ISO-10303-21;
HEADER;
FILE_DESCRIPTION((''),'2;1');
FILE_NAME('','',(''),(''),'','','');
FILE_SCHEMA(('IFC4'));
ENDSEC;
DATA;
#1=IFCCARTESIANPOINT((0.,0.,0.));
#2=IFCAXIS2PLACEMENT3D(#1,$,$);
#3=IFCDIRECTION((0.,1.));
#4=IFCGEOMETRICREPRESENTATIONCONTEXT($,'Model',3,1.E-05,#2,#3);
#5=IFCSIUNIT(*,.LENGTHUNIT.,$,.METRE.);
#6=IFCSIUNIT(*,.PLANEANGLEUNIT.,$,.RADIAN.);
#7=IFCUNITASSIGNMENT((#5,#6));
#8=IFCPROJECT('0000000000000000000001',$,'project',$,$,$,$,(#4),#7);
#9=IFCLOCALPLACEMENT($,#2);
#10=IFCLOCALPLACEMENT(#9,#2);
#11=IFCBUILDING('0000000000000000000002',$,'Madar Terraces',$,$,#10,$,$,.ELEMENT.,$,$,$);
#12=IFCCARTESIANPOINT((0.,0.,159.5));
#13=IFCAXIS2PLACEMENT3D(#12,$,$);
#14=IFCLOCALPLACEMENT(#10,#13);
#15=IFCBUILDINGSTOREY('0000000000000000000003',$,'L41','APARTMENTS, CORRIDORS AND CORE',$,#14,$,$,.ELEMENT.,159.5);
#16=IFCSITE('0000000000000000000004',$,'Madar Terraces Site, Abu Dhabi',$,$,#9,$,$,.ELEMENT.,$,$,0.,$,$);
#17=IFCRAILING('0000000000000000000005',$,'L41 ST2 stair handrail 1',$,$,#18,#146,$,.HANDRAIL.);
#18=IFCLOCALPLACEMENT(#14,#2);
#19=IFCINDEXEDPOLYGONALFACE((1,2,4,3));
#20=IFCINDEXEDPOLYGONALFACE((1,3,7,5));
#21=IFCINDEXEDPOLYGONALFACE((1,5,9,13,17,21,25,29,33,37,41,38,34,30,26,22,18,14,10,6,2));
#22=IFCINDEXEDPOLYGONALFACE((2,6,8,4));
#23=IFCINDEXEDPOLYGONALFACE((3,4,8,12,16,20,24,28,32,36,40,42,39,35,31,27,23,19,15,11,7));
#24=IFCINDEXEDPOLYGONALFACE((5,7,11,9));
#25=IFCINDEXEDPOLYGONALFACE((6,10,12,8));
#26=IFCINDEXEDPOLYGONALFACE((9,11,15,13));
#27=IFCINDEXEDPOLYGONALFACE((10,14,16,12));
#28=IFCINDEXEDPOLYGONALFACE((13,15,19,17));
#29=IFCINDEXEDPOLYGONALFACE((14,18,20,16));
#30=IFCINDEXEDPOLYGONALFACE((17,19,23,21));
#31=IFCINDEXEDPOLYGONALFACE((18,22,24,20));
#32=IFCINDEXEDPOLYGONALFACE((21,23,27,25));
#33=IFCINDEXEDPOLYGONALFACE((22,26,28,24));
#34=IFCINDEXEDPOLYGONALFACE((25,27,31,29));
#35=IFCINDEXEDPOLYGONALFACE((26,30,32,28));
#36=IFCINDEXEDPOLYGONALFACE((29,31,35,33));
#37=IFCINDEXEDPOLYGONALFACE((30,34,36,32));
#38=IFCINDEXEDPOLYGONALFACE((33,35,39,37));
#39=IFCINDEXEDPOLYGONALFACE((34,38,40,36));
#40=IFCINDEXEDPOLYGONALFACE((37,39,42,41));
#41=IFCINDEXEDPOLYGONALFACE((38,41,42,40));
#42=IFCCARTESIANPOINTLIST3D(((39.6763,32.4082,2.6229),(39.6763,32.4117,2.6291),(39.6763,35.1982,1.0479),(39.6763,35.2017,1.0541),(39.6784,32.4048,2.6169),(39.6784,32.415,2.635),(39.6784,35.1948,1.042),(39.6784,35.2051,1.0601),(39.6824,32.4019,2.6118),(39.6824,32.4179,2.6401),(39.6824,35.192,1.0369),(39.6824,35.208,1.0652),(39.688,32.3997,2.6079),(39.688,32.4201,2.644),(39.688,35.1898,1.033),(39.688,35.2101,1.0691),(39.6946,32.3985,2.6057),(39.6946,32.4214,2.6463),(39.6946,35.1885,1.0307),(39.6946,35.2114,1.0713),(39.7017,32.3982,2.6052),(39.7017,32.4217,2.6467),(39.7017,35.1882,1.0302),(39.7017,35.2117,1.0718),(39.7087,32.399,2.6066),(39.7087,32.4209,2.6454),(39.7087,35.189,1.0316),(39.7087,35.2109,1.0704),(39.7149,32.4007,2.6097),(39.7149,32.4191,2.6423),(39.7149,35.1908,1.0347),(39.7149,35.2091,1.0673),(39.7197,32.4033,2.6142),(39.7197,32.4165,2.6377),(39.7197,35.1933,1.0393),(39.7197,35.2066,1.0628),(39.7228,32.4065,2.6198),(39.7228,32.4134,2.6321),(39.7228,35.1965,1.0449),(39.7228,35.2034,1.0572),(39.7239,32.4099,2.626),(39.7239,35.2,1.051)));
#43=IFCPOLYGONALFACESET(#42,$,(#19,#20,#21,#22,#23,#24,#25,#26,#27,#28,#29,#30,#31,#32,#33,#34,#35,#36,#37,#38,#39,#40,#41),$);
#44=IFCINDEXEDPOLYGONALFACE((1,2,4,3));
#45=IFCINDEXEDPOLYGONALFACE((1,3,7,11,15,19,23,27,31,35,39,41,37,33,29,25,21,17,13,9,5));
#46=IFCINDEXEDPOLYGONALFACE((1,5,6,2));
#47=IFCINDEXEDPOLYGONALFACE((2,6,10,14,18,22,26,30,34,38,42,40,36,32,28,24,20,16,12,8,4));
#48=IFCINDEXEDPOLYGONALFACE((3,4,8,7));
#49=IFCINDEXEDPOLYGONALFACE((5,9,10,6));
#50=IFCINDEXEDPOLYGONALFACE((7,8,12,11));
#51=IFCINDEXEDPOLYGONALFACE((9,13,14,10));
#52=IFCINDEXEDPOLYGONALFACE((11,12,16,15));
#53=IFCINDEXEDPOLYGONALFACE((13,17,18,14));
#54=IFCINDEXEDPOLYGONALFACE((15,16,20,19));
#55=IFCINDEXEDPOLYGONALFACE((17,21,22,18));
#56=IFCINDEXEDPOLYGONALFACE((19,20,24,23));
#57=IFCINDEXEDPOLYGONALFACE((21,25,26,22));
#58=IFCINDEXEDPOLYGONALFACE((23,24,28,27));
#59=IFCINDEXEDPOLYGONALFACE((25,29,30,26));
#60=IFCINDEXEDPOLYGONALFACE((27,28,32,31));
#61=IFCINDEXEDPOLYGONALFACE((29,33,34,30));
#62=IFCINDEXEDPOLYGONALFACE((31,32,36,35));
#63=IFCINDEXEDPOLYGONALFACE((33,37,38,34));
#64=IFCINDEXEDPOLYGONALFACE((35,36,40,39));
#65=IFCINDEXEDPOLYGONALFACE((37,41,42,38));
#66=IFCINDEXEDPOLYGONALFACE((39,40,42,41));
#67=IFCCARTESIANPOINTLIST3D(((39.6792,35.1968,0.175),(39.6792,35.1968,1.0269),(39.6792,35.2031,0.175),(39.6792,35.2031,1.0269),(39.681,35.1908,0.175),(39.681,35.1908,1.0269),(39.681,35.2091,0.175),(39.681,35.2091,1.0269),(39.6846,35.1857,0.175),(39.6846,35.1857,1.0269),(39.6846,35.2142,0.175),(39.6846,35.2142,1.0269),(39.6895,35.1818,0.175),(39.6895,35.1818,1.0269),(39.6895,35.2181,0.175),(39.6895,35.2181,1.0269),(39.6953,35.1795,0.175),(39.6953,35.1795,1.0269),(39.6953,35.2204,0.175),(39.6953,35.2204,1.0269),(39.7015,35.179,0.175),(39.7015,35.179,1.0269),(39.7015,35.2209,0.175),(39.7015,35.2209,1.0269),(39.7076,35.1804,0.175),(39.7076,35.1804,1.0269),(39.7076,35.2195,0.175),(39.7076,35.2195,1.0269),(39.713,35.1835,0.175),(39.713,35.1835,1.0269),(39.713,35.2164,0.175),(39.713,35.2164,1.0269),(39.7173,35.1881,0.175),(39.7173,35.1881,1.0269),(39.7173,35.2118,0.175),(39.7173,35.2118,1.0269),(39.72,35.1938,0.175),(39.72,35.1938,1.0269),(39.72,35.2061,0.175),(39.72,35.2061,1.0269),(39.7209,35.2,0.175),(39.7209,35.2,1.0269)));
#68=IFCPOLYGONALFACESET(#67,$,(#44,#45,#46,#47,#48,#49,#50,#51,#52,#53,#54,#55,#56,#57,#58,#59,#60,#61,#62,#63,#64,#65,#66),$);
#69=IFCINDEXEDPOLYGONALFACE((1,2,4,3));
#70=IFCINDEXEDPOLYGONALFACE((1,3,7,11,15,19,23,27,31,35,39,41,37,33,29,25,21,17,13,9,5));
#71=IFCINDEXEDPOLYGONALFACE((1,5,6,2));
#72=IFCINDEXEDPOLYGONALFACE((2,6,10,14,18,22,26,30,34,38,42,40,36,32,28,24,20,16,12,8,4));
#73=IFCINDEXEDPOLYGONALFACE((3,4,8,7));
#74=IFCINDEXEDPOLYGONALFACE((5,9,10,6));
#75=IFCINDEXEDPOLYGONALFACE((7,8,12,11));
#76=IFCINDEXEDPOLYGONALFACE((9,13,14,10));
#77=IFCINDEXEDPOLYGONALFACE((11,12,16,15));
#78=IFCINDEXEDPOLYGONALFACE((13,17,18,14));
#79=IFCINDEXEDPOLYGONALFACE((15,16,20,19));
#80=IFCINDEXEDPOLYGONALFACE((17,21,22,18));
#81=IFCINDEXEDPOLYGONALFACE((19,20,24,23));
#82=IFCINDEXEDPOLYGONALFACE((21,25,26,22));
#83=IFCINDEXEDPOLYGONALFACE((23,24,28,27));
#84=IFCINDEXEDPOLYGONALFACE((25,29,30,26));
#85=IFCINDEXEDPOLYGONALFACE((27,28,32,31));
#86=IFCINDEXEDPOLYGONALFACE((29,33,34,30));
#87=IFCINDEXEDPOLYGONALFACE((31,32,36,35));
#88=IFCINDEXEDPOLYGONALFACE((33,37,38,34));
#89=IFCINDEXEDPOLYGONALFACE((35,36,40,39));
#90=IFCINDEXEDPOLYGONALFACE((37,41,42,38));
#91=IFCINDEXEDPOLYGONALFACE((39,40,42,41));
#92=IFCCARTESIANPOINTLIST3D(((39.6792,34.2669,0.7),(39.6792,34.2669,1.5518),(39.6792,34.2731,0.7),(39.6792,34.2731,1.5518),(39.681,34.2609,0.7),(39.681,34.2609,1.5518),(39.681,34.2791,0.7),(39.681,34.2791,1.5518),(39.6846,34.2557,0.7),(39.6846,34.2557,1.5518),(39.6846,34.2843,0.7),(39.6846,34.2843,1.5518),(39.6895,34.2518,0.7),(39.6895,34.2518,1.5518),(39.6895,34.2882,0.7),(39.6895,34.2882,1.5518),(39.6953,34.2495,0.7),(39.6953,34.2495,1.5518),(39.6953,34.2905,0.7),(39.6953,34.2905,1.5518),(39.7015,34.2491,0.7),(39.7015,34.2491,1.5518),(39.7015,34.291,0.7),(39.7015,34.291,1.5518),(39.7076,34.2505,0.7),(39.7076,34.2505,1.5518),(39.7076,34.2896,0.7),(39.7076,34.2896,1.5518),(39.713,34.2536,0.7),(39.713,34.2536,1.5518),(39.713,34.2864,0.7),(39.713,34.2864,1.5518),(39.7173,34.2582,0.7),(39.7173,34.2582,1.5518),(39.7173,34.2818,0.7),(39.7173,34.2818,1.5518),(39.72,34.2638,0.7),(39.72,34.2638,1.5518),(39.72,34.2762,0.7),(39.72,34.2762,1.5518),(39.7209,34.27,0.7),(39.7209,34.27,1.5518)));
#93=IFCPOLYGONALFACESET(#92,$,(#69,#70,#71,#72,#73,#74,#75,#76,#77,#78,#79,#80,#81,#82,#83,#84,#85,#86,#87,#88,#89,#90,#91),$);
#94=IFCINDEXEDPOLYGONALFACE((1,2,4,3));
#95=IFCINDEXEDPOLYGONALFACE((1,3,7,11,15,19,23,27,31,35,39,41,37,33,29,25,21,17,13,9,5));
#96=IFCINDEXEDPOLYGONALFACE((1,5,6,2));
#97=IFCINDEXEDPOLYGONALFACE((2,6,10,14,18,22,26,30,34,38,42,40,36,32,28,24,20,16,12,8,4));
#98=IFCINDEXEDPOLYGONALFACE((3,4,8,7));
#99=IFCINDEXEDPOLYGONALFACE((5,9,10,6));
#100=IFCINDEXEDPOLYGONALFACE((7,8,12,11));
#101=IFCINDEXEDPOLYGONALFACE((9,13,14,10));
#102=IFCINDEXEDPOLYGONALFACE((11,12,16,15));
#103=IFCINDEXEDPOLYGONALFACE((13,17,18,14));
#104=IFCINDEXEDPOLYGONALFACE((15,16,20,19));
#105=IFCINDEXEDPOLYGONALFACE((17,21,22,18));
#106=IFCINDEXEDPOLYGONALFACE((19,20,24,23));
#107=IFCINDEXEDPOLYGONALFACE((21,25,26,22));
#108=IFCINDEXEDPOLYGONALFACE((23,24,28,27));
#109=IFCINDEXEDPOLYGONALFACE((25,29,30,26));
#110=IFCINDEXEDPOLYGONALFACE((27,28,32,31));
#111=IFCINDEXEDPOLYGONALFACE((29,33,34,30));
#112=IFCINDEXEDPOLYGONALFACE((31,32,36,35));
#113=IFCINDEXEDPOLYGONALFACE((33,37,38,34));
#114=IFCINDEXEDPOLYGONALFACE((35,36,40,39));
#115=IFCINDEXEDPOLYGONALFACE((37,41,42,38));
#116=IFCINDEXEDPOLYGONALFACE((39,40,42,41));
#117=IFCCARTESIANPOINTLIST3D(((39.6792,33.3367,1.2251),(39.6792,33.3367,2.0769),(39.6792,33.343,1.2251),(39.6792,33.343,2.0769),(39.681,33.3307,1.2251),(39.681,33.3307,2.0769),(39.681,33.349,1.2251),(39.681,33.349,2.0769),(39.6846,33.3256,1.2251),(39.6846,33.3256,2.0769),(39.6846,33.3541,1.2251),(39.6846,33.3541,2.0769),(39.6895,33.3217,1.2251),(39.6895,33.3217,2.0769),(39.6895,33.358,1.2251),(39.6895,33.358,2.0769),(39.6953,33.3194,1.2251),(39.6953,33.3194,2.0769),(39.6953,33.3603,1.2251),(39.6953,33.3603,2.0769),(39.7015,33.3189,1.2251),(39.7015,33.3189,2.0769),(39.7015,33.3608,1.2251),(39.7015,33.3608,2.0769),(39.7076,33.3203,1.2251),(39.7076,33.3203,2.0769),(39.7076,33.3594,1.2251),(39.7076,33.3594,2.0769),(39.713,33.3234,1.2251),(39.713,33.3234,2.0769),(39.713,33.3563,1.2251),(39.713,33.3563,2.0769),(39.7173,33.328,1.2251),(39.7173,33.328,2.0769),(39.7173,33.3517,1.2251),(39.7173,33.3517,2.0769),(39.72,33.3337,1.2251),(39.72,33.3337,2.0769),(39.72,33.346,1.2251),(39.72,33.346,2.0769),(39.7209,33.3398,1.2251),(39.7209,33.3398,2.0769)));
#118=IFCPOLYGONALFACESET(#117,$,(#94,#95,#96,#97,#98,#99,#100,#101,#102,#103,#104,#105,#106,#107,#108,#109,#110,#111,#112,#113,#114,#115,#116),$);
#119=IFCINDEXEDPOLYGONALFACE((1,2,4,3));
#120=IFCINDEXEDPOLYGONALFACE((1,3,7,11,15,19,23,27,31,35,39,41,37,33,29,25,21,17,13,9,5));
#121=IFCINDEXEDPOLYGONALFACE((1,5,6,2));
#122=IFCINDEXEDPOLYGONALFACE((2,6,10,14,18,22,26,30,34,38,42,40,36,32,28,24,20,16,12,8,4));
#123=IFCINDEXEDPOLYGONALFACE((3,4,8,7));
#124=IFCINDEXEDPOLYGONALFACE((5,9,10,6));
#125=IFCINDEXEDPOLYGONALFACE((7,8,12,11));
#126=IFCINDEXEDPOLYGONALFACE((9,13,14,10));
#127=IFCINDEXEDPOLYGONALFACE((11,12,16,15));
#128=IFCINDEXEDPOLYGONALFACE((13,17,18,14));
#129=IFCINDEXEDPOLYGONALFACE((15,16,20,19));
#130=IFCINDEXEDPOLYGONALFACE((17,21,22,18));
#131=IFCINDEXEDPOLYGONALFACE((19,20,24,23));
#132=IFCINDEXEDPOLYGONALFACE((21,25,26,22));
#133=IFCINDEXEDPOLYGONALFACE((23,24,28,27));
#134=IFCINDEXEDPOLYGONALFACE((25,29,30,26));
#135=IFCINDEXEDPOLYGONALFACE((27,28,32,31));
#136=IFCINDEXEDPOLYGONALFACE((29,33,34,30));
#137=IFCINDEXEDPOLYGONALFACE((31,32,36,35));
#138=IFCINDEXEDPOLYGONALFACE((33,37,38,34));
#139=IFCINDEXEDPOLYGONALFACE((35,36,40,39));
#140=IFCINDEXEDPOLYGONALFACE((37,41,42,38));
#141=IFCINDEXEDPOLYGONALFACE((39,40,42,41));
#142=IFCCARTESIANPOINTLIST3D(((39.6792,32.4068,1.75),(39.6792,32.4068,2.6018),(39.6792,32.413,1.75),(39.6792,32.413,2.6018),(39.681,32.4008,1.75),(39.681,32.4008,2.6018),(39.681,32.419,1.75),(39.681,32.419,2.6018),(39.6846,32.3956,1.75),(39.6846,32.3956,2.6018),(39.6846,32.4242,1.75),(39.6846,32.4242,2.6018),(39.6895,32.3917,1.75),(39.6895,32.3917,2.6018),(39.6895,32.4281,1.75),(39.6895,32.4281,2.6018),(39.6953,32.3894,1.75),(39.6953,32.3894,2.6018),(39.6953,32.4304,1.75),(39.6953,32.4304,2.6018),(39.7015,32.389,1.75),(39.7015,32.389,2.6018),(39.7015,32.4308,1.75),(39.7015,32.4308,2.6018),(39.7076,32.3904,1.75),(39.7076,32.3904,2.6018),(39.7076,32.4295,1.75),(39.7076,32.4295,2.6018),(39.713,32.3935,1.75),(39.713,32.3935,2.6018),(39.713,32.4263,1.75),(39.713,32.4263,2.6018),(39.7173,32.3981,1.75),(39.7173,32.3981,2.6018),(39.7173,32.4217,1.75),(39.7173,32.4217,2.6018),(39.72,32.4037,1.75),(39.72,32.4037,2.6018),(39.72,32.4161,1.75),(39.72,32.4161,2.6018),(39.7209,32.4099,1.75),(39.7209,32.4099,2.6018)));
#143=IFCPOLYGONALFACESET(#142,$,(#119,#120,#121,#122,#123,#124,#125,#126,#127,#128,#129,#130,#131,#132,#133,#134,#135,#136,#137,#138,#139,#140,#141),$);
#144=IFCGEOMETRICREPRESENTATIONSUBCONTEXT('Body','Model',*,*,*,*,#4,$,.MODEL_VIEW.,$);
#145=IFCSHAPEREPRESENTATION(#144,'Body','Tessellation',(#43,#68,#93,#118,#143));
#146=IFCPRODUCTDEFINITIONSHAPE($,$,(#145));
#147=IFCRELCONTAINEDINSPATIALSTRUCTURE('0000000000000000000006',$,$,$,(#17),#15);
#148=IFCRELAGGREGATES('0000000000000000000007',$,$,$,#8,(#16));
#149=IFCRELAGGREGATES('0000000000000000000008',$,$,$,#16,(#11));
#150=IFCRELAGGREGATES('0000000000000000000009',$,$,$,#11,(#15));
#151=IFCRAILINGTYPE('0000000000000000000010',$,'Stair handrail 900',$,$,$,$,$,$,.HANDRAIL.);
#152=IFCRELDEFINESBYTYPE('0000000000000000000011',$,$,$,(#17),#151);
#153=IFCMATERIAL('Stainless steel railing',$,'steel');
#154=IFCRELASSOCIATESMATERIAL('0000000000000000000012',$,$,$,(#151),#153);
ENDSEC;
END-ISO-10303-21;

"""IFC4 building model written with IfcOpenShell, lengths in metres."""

from ifc_helpers import new_model, si_unit, direction, frame, origin, origin_2d, place, context, subcontext, project, spatial, circle, extrude, material, type_object, element, save


model = new_model("IFC4")

# Units and contexts
model_context = context("Model", 3, precision=1e-05, world=origin(), true_north=direction((0.0, 1.0)))
body_context = subcontext(model_context, "Body", "Model", "MODEL_VIEW")
ifc_project = project(units=[si_unit("LENGTHUNIT", "METRE"), si_unit("PLANEANGLEUNIT", "RADIAN")], contexts=[model_context])

# Site, building, storey
site_placement = place(None, origin())
site = spatial("IfcSite", under=ifc_project, at=site_placement, Name="Madar Terraces Site, Abu Dhabi", CompositionType="ELEMENT", RefElevation=0.0)
building_placement = place(site_placement, origin())
building = spatial("IfcBuilding", under=site, at=building_placement, Name="Madar Terraces", CompositionType="ELEMENT")
storey_placement = place(building_placement, frame((0.0, 0.0, 159.5)))
storey = spatial("IfcBuildingStorey", under=building, at=storey_placement, Name="L41", Description="APARTMENTS, CORRIDORS AND CORE", CompositionType="ELEMENT", Elevation=159.5)

# Railing
ifc_material_1 = material(Name="Stainless steel railing", Category="steel")
railing_type_1 = type_object("IfcRailingType", Name="Stair handrail 900", PredefinedType="HANDRAIL", material=ifc_material_1)
railing_1_placement = place(storey_placement, frame((39.7, 35.2, 0.175)))
element("IfcRailing", 1, at=railing_1_placement, inside=storey, type_object=railing_type_1, Name="L41 ST2 stair handrail 1", PredefinedType="HANDRAIL", context=body_context, shape_type="SweptSolid", body=[
    extrude(circle(Radius=0.0239, at=origin_2d()), frame((0.0, 0.0, 0.876), z_axis=(0.0, -0.870834, 0.491578), x_axis=(1.0, 0.0, 0.0)), (0.0, 0.0, 1.0), 3.2039),
    extrude(circle(Radius=0.021, at=origin_2d()), origin(), (0.0, 0.0, 1.0), 0.8518),
    extrude(circle(Radius=0.021, at=origin_2d()), frame((0.0, -0.9299, 0.5249)), (0.0, 0.0, 1.0), 0.8518),
    extrude(circle(Radius=0.021, at=origin_2d()), frame((0.0, -1.8601, 1.05)), (0.0, 0.0, 1.0), 0.8518),
    extrude(circle(Radius=0.021, at=origin_2d()), frame((0.0, -2.79, 1.575)), (0.0, 0.0, 1.0), 0.8518),
])

save(model, "model.ifc")
